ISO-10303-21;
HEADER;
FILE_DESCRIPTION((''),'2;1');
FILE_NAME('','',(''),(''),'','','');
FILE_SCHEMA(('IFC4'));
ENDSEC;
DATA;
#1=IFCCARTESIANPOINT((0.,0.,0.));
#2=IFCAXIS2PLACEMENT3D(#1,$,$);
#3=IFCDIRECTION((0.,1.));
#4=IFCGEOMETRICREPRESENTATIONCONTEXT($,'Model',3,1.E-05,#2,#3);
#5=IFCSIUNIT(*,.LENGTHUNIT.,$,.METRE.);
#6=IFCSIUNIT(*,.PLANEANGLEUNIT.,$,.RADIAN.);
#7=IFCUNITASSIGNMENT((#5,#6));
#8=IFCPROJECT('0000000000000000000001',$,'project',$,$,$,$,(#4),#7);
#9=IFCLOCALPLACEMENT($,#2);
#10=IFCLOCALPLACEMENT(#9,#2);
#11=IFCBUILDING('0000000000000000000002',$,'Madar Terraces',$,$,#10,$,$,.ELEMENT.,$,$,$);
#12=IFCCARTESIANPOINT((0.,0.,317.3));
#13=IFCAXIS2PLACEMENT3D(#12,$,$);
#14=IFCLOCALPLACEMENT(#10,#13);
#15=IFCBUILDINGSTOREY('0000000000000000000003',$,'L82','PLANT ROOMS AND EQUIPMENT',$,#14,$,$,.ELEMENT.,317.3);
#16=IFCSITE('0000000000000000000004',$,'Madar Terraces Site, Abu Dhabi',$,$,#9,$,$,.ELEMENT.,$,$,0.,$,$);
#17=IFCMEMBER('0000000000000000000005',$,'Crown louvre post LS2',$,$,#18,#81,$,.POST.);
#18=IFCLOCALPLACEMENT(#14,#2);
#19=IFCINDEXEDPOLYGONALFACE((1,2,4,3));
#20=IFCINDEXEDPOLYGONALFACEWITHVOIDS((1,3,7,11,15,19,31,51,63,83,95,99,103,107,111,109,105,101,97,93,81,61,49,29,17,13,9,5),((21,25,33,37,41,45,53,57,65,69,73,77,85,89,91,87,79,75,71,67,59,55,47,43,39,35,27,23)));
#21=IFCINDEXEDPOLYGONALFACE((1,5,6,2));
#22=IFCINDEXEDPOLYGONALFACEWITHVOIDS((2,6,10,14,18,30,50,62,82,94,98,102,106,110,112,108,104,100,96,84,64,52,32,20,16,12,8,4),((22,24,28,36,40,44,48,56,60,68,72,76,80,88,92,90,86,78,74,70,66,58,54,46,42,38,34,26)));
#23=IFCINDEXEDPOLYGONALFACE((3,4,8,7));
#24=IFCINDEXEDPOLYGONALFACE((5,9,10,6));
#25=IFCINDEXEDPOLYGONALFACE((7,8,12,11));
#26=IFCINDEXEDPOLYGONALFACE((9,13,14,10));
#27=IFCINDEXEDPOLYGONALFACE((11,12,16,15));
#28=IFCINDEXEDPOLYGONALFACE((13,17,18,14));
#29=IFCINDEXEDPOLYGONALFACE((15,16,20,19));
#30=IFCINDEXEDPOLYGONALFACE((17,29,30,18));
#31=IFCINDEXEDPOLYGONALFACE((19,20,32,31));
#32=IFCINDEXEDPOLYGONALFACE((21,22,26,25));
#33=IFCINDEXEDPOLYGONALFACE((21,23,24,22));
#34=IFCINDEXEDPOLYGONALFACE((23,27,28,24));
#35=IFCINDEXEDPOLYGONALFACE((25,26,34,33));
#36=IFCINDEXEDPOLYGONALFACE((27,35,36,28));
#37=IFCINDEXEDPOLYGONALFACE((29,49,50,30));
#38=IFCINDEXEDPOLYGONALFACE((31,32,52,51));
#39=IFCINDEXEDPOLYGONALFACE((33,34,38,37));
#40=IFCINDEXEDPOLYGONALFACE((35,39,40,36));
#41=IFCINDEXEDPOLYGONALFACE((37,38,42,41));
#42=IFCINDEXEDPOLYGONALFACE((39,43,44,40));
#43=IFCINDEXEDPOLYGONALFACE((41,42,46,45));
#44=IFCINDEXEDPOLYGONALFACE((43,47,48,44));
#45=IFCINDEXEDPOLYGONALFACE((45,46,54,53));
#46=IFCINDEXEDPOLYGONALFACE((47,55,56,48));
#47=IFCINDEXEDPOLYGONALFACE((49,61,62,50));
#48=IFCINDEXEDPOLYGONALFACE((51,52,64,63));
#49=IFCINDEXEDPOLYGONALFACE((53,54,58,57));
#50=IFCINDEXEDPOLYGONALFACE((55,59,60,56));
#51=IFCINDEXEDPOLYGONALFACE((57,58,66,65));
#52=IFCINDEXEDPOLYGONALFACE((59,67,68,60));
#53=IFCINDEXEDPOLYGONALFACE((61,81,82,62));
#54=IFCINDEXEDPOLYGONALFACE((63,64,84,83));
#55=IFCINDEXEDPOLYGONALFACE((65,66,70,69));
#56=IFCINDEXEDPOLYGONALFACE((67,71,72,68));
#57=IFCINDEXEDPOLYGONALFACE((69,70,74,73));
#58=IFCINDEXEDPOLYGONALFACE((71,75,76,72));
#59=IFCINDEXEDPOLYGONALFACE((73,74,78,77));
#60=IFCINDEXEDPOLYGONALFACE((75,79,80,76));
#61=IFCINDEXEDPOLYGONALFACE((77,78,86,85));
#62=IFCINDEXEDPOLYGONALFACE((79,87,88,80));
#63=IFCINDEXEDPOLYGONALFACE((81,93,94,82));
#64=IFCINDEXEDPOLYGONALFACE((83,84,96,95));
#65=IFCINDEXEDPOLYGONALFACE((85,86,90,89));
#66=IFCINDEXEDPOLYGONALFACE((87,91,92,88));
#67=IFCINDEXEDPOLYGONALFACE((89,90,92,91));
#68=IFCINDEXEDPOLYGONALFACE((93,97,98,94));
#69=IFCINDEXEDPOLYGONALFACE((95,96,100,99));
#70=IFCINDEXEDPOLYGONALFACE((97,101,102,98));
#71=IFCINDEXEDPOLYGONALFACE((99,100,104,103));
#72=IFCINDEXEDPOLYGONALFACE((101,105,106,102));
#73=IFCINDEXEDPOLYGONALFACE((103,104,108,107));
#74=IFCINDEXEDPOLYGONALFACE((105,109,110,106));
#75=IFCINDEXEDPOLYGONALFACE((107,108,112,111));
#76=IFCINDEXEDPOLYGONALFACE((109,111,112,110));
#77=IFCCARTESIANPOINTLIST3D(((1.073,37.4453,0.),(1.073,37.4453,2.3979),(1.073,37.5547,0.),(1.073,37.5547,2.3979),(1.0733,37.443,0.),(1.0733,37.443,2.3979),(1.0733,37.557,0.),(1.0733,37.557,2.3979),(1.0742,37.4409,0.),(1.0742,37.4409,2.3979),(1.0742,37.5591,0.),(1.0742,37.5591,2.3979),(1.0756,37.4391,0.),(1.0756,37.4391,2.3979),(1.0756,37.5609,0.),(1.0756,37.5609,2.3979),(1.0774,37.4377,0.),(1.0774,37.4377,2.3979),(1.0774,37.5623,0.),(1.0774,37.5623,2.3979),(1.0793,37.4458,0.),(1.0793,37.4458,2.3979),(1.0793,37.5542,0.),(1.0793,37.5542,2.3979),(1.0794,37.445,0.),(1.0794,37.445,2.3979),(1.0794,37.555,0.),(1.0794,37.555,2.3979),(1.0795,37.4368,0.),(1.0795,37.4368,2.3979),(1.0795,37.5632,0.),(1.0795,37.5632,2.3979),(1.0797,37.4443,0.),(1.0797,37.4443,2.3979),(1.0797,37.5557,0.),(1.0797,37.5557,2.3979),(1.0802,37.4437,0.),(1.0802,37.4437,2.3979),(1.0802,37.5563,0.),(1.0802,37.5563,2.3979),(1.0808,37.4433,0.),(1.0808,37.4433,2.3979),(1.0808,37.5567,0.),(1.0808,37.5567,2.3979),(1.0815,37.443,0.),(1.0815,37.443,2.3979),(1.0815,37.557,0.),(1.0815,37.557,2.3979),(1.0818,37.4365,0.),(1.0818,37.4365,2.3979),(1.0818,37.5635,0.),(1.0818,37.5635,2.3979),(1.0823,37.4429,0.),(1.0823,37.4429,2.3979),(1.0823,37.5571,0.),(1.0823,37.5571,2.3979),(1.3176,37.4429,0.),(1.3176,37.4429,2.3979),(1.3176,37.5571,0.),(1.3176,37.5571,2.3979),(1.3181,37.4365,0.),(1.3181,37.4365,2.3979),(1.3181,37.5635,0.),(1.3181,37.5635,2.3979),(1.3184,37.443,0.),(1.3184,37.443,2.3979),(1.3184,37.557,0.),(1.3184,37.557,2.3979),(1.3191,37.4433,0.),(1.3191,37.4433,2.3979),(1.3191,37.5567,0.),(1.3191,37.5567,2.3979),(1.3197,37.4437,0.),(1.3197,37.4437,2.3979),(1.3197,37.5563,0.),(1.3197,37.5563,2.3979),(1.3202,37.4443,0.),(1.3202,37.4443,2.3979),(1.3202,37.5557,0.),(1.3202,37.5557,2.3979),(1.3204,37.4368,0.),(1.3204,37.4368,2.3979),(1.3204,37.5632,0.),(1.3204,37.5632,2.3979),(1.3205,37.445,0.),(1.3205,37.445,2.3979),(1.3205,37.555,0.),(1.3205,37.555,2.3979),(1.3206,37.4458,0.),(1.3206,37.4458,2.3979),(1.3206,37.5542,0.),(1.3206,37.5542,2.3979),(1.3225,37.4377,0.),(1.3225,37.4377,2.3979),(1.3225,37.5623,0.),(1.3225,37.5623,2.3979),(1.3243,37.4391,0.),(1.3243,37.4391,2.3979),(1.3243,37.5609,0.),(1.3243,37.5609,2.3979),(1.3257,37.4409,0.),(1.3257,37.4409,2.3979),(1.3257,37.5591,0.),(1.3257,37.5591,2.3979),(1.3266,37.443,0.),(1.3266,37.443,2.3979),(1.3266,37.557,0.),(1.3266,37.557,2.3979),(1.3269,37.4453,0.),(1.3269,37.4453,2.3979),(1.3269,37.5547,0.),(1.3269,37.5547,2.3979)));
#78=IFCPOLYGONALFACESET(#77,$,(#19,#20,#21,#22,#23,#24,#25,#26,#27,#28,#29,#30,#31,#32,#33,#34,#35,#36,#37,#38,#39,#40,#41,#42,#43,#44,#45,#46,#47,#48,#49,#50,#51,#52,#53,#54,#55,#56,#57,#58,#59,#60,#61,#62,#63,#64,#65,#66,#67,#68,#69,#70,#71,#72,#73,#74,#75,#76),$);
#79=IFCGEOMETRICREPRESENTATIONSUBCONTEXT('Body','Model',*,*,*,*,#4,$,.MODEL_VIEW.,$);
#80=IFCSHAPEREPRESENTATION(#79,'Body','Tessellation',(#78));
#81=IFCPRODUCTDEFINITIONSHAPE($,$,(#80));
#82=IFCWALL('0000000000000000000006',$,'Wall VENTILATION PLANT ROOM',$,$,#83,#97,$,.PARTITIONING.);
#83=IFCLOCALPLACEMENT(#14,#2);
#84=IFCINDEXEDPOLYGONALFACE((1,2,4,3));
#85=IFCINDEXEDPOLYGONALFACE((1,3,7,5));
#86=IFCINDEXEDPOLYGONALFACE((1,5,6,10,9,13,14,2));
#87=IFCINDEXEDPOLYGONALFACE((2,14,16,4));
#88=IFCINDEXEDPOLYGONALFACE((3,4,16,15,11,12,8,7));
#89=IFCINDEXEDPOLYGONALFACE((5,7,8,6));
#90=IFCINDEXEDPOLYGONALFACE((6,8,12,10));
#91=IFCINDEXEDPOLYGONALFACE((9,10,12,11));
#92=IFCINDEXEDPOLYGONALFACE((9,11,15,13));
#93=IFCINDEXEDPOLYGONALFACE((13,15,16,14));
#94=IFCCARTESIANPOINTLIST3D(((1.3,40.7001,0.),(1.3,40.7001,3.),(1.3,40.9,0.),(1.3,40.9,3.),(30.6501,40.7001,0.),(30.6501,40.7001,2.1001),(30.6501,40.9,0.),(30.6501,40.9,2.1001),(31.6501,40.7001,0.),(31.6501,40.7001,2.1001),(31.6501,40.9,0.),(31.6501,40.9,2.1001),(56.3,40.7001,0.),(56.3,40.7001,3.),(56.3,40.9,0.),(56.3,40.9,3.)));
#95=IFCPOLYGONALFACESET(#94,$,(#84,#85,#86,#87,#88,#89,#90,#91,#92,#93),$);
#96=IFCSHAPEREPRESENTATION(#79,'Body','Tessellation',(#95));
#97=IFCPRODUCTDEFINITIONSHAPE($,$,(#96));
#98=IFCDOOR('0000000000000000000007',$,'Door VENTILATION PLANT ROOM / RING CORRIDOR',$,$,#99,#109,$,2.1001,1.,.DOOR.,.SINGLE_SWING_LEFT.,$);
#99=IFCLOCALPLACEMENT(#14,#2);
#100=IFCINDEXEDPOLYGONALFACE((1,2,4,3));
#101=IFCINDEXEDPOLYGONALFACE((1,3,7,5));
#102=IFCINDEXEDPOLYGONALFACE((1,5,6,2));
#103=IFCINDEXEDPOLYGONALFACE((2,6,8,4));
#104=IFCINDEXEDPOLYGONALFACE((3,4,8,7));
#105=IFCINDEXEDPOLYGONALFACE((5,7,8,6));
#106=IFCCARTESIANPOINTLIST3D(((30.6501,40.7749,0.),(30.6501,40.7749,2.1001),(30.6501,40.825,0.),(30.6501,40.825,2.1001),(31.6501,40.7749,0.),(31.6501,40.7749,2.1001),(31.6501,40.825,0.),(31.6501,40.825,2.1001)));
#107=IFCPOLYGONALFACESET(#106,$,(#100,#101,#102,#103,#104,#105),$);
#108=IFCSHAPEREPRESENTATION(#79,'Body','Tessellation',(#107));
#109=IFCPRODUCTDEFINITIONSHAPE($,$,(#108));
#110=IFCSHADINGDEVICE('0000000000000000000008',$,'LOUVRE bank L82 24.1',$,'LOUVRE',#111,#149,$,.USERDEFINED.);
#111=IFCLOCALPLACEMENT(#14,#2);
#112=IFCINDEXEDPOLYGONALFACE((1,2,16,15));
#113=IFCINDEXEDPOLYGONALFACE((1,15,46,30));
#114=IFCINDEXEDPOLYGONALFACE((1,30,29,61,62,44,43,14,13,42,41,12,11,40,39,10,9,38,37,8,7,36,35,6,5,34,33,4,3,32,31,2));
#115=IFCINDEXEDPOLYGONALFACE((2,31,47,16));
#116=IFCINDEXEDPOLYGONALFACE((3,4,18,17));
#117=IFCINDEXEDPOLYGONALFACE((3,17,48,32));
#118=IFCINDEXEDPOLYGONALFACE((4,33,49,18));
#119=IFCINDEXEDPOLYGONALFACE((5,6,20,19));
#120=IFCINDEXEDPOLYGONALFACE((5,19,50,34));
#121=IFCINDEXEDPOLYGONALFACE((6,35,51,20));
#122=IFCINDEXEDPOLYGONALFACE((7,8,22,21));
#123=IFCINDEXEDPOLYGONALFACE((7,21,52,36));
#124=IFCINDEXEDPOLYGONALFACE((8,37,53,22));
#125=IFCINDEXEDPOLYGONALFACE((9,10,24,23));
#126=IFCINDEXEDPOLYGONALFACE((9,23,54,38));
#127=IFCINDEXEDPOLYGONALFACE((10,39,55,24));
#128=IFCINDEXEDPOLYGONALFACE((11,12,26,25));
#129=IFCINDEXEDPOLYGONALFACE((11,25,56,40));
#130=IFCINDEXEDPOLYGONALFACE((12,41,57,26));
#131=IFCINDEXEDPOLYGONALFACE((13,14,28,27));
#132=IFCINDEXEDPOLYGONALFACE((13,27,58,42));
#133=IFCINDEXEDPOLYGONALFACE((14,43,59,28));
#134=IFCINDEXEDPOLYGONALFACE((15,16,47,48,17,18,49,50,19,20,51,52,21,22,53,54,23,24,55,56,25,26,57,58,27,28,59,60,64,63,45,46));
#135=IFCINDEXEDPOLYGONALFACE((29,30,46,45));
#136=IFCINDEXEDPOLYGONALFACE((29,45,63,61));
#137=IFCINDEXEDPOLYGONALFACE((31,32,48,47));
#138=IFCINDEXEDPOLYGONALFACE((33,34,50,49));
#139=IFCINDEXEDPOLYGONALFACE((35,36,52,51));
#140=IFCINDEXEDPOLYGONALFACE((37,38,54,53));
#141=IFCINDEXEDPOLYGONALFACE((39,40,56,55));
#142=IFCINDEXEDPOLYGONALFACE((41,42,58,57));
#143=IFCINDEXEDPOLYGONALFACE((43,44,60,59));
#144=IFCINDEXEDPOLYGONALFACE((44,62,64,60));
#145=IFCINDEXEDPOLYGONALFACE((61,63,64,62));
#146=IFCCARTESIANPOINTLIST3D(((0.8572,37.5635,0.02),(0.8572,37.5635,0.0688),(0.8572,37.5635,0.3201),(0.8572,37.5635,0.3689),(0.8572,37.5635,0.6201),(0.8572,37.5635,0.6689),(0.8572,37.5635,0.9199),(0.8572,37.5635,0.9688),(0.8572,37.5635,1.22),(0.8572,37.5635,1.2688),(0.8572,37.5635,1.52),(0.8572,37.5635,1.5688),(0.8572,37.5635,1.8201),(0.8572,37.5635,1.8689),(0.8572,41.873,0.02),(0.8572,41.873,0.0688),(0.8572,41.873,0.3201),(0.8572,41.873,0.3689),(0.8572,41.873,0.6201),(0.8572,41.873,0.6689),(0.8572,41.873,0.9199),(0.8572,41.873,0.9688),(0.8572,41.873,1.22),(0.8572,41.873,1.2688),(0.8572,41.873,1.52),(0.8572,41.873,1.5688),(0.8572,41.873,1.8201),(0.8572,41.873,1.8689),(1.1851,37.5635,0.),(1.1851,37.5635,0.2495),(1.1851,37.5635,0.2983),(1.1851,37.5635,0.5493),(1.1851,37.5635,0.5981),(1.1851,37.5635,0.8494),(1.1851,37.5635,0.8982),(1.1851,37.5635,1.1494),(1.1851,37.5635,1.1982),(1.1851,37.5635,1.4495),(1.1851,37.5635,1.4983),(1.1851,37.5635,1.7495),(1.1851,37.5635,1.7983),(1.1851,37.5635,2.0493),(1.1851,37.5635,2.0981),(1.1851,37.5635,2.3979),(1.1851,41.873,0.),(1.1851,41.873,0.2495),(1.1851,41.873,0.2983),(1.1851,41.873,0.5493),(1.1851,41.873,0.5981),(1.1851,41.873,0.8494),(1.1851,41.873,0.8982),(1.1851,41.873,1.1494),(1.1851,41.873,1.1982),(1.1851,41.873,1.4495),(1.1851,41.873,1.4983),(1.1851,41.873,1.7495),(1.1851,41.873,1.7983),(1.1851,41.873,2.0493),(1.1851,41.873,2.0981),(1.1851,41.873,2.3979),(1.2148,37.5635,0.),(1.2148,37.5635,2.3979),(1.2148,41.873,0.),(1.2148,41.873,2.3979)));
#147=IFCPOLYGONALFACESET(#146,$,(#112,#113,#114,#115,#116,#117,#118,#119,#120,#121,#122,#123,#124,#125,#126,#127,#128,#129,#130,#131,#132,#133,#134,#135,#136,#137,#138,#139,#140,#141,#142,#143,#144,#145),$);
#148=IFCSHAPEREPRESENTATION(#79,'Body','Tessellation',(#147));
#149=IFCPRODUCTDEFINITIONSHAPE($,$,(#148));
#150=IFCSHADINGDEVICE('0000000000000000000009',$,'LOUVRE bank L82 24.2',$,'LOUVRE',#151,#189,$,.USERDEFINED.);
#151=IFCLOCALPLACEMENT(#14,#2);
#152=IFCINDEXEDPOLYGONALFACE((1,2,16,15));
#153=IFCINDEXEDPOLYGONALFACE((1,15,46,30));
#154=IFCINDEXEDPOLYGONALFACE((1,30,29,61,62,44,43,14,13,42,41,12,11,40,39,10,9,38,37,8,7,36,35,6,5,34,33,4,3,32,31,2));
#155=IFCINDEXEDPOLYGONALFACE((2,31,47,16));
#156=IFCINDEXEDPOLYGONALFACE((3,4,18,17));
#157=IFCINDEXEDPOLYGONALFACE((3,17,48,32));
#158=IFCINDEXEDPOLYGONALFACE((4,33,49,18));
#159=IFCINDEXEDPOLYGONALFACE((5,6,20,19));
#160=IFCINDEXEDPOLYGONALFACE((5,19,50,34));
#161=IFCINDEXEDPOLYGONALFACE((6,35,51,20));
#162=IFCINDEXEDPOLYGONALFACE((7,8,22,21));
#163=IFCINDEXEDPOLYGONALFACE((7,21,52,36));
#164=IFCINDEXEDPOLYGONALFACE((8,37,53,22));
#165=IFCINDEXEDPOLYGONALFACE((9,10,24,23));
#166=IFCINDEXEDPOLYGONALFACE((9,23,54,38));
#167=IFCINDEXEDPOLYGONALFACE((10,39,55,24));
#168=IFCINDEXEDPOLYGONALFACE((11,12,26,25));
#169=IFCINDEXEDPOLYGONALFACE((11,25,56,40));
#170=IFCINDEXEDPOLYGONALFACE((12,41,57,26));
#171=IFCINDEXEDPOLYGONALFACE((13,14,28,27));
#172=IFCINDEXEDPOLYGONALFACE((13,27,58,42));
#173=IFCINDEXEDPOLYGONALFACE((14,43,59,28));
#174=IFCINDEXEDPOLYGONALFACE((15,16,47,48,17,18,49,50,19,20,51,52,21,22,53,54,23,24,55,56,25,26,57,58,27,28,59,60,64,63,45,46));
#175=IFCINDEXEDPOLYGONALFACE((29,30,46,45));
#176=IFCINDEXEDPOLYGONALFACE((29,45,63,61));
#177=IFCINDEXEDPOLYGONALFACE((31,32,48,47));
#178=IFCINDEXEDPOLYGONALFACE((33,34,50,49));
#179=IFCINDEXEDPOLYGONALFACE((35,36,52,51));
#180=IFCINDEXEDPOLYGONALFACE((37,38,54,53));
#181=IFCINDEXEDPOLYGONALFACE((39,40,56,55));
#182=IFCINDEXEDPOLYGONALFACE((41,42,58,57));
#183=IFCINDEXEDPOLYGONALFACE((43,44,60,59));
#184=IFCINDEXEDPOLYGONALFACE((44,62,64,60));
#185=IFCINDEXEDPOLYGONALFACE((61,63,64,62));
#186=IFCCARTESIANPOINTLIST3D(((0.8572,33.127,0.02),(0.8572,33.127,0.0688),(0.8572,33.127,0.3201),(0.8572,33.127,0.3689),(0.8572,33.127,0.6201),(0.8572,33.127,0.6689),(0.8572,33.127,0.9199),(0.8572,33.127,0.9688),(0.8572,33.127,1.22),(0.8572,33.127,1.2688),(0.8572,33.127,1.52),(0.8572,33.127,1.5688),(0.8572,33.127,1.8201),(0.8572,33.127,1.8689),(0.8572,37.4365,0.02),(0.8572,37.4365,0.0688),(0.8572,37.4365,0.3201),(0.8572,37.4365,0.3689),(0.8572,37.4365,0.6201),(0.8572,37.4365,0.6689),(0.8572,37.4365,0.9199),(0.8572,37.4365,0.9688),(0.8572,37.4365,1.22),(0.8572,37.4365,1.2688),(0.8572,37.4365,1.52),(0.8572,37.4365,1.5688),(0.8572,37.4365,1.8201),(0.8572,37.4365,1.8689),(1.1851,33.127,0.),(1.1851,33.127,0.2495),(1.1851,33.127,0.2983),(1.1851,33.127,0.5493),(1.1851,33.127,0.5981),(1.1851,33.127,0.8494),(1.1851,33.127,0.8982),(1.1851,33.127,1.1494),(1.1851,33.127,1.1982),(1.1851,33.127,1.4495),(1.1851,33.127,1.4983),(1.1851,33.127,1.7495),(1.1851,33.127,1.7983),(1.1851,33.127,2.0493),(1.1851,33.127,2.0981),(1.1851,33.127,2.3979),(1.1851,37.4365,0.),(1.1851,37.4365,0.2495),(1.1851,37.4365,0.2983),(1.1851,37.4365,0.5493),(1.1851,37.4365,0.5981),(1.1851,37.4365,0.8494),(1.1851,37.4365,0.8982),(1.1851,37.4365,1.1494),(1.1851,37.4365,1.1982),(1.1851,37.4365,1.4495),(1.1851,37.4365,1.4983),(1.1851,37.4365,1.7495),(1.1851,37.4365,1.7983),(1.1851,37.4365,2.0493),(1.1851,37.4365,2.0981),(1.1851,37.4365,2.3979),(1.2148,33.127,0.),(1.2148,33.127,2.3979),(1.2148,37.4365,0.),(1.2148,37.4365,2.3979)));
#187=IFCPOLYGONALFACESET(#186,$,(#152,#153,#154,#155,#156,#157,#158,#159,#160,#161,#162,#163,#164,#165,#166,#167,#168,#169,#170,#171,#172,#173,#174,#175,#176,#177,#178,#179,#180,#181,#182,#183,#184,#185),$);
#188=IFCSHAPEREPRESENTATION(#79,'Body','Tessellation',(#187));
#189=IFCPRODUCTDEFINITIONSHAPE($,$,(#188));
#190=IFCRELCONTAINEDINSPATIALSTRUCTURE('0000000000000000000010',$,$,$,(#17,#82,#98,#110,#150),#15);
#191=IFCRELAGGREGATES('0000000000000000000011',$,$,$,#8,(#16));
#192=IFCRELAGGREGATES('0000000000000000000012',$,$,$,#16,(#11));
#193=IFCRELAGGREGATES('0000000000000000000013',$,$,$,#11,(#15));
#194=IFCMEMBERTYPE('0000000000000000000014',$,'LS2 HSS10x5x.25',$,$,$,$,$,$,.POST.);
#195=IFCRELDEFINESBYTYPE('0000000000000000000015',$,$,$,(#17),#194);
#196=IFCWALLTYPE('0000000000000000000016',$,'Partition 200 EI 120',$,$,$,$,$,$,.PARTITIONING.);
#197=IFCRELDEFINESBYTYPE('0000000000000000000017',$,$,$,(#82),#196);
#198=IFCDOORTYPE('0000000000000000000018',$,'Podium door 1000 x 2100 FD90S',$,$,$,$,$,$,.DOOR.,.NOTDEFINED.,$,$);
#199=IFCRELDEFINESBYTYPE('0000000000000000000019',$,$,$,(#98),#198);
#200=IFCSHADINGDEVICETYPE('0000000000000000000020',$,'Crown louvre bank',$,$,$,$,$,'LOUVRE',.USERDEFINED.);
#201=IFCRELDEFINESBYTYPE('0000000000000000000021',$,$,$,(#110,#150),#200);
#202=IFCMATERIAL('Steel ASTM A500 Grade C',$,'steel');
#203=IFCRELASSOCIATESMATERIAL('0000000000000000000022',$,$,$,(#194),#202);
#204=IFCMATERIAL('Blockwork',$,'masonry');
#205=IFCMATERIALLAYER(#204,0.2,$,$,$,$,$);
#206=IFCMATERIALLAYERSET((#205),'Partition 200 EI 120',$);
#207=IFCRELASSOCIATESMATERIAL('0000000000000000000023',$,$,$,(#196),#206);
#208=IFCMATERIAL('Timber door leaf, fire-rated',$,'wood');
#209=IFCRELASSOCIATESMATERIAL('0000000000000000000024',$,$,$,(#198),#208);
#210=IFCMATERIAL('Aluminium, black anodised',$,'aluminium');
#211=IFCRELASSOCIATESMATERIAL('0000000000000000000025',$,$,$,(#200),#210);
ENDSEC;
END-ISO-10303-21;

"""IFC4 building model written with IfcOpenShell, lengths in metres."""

from ifc_helpers import new_model, si_unit, direction, frame, frame_2d, origin, origin_2d, place, context, subcontext, project, spatial, polyline, rectangle, hollow_rectangle, outline, extrude, material, layer, layer_set, material_profile, profile_set, type_object, element, fill, save


model = new_model("IFC4")

# Units and contexts
model_context = context("Model", 3, precision=1e-05, world=origin(), true_north=direction((0.0, 1.0)))
body_context = subcontext(model_context, "Body", "Model", "MODEL_VIEW")
ifc_project = project(units=[si_unit("LENGTHUNIT", "METRE"), si_unit("PLANEANGLEUNIT", "RADIAN")], contexts=[model_context])

# Site, building, storey
site_placement = place(None, origin())
site = spatial("IfcSite", under=ifc_project, at=site_placement, Name="Madar Terraces Site, Abu Dhabi", CompositionType="ELEMENT", RefElevation=0.0)
building_placement = place(site_placement, origin())
building = spatial("IfcBuilding", under=site, at=building_placement, Name="Madar Terraces", CompositionType="ELEMENT")
storey_placement = place(building_placement, frame((0.0, 0.0, 317.3)))
storey = spatial("IfcBuildingStorey", under=building, at=storey_placement, Name="L82", Description="PLANT ROOMS AND EQUIPMENT", CompositionType="ELEMENT", Elevation=317.3)

# Member
ifc_material_1 = material(Name="Steel ASTM A500 Grade C", Category="steel")
ifc_material_profile_1 = material_profile(ifc_material_1, hollow_rectangle(XDim=0.127, YDim=0.2539, WallThickness=0.0063, InnerFilletRadius=0.0029, OuterFilletRadius=0.0088, at=origin_2d()), Name="HSS10x5x.25")
ifc_profile_set_1 = profile_set([ifc_material_profile_1], Name="Steel ASTM A500 Grade C")
member_type_1 = type_object("IfcMemberType", Name="LS2 HSS10x5x.25", PredefinedType="POST", material=ifc_profile_set_1)
member_1_placement = place(storey_placement, frame((1.2, 37.5, 0.0), z_axis=(0.0, 0.0, 1.0), x_axis=(0.0, -1.0, 0.0)))
element("IfcMember", 1, at=member_1_placement, inside=storey, type_object=member_type_1, Name="Crown louvre post LS2", PredefinedType="POST", context=body_context, shape_type="SweptSolid", body=[
    extrude(hollow_rectangle(XDim=0.127, YDim=0.2539, WallThickness=0.0063, InnerFilletRadius=0.0029, OuterFilletRadius=0.0088, at=origin_2d()), origin(), (0.0, 0.0, 1.0), 2.3979),
])

# Wall, opening, door
ifc_material_2 = material(Name="Blockwork", Category="masonry")
ifc_layer = layer(ifc_material_2, 0.2)
ifc_layer_set = layer_set([ifc_layer], Name="Partition 200 EI 120")
wall_type = type_object("IfcWallType", Name="Partition 200 EI 120", PredefinedType="PARTITIONING", material=ifc_layer_set)
wall_placement = place(storey_placement, frame((1.3, 40.8, 0.0), z_axis=(0.0, 0.0, 1.0), x_axis=(1.0, 0.0, 0.0)))
wall = element("IfcWall", 2, at=wall_placement, inside=storey, type_object=wall_type, Name="Wall VENTILATION PLANT ROOM", PredefinedType="PARTITIONING", context=body_context, shape_type="SweptSolid", body=[
    extrude(rectangle(XDim=55.0, YDim=0.2, at=frame_2d((27.5, 0.0))), origin(), (0.0, 0.0, 1.0), 3.0),
])
opening_placement = place(wall_placement, frame((29.3501, 0.0, 0.0)))
opening = element("IfcOpeningElement", 3, at=opening_placement, cuts=wall, PredefinedType="OPENING", context=body_context, shape_type="SweptSolid", body=[
    extrude(rectangle(XDim=1.0, YDim=2.1001, at=frame_2d((0.5, 1.05))), frame((0.0, 0.1099, 0.0), z_axis=(0.0, -1.0, 0.0), x_axis=(1.0, 0.0, 0.0)), (0.0, 0.0, 1.0), 0.22),
])
ifc_material_3 = material(Name="Timber door leaf, fire-rated", Category="wood")
door_type = type_object("IfcDoorType", Name="Podium door 1000 x 2100 FD90S", OperationType="NOTDEFINED", PredefinedType="DOOR", material=ifc_material_3)
door_placement = place(opening_placement, origin())
door = element("IfcDoor", 4, at=door_placement, inside=storey, type_object=door_type, Name="Door VENTILATION PLANT ROOM / RING CORRIDOR", OperationType="SINGLE_SWING_LEFT", OverallHeight=2.1001, OverallWidth=1.0, PredefinedType="DOOR", context=body_context, shape_type="SweptSolid", body=[
    extrude(rectangle(XDim=1.0, YDim=2.1001, at=frame_2d((0.5, 1.05))), frame((0.0, 0.0249, 0.0), z_axis=(0.0, -1.0, 0.0), x_axis=(1.0, 0.0, 0.0)), (0.0, 0.0, 1.0), 0.05),
])
fill(opening, door)

# Shading devices
ifc_material_4 = material(Name="Aluminium, black anodised", Category="aluminium")
shading_device_type = type_object("IfcShadingDeviceType", Name="Crown louvre bank", ElementType="LOUVRE", PredefinedType="USERDEFINED", material=ifc_material_4)
for number, where, z_axis, x_axis, name in (
    (5, (1.2, 41.873, 0.0), (0.0, -1.0, 0.0), (1.0, 0.0, 0.0), "LOUVRE bank L82 24.1"),
    (6, (1.2, 37.4365, 0.0), (0.0, -1.0, 0.0), (1.0, 0.0, 0.0), "LOUVRE bank L82 24.2"),
):
    element("IfcShadingDevice", number, at=place(storey_placement, frame(where, z_axis=z_axis, x_axis=x_axis)), inside=storey, type_object=shading_device_type, Name=name, ObjectType="LOUVRE", PredefinedType="USERDEFINED", context=body_context, shape_type="SweptSolid", body=[
        extrude(outline(polyline([(0.0149, 0.0), (-0.0149, 0.0), (-0.0149, 0.2495), (-0.3428, 0.02), (-0.3428, 0.0688), (-0.0149, 0.2983), (-0.0149, 0.5493), (-0.3428, 0.3201), (-0.3428, 0.3689), (-0.0149, 0.5981), (-0.0149, 0.8494), (-0.3428, 0.6201), (-0.3428, 0.6689), (-0.0149, 0.8982), (-0.0149, 1.1494), (-0.3428, 0.9199), (-0.3428, 0.9688), (-0.0149, 1.1982), (-0.0149, 1.4495), (-0.3428, 1.22), (-0.3428, 1.2688), (-0.0149, 1.4983), (-0.0149, 1.7495), (-0.3428, 1.52), (-0.3428, 1.5688), (-0.0149, 1.7983), (-0.0149, 2.0493), (-0.3428, 1.8201), (-0.3428, 1.8689), (-0.0149, 2.0981), (-0.0149, 2.3979), (0.0149, 2.3979), (0.0149, 0.0)])), origin(), (0.0, 0.0, 1.0), 4.3096),
    ])

save(model, "model.ifc")
